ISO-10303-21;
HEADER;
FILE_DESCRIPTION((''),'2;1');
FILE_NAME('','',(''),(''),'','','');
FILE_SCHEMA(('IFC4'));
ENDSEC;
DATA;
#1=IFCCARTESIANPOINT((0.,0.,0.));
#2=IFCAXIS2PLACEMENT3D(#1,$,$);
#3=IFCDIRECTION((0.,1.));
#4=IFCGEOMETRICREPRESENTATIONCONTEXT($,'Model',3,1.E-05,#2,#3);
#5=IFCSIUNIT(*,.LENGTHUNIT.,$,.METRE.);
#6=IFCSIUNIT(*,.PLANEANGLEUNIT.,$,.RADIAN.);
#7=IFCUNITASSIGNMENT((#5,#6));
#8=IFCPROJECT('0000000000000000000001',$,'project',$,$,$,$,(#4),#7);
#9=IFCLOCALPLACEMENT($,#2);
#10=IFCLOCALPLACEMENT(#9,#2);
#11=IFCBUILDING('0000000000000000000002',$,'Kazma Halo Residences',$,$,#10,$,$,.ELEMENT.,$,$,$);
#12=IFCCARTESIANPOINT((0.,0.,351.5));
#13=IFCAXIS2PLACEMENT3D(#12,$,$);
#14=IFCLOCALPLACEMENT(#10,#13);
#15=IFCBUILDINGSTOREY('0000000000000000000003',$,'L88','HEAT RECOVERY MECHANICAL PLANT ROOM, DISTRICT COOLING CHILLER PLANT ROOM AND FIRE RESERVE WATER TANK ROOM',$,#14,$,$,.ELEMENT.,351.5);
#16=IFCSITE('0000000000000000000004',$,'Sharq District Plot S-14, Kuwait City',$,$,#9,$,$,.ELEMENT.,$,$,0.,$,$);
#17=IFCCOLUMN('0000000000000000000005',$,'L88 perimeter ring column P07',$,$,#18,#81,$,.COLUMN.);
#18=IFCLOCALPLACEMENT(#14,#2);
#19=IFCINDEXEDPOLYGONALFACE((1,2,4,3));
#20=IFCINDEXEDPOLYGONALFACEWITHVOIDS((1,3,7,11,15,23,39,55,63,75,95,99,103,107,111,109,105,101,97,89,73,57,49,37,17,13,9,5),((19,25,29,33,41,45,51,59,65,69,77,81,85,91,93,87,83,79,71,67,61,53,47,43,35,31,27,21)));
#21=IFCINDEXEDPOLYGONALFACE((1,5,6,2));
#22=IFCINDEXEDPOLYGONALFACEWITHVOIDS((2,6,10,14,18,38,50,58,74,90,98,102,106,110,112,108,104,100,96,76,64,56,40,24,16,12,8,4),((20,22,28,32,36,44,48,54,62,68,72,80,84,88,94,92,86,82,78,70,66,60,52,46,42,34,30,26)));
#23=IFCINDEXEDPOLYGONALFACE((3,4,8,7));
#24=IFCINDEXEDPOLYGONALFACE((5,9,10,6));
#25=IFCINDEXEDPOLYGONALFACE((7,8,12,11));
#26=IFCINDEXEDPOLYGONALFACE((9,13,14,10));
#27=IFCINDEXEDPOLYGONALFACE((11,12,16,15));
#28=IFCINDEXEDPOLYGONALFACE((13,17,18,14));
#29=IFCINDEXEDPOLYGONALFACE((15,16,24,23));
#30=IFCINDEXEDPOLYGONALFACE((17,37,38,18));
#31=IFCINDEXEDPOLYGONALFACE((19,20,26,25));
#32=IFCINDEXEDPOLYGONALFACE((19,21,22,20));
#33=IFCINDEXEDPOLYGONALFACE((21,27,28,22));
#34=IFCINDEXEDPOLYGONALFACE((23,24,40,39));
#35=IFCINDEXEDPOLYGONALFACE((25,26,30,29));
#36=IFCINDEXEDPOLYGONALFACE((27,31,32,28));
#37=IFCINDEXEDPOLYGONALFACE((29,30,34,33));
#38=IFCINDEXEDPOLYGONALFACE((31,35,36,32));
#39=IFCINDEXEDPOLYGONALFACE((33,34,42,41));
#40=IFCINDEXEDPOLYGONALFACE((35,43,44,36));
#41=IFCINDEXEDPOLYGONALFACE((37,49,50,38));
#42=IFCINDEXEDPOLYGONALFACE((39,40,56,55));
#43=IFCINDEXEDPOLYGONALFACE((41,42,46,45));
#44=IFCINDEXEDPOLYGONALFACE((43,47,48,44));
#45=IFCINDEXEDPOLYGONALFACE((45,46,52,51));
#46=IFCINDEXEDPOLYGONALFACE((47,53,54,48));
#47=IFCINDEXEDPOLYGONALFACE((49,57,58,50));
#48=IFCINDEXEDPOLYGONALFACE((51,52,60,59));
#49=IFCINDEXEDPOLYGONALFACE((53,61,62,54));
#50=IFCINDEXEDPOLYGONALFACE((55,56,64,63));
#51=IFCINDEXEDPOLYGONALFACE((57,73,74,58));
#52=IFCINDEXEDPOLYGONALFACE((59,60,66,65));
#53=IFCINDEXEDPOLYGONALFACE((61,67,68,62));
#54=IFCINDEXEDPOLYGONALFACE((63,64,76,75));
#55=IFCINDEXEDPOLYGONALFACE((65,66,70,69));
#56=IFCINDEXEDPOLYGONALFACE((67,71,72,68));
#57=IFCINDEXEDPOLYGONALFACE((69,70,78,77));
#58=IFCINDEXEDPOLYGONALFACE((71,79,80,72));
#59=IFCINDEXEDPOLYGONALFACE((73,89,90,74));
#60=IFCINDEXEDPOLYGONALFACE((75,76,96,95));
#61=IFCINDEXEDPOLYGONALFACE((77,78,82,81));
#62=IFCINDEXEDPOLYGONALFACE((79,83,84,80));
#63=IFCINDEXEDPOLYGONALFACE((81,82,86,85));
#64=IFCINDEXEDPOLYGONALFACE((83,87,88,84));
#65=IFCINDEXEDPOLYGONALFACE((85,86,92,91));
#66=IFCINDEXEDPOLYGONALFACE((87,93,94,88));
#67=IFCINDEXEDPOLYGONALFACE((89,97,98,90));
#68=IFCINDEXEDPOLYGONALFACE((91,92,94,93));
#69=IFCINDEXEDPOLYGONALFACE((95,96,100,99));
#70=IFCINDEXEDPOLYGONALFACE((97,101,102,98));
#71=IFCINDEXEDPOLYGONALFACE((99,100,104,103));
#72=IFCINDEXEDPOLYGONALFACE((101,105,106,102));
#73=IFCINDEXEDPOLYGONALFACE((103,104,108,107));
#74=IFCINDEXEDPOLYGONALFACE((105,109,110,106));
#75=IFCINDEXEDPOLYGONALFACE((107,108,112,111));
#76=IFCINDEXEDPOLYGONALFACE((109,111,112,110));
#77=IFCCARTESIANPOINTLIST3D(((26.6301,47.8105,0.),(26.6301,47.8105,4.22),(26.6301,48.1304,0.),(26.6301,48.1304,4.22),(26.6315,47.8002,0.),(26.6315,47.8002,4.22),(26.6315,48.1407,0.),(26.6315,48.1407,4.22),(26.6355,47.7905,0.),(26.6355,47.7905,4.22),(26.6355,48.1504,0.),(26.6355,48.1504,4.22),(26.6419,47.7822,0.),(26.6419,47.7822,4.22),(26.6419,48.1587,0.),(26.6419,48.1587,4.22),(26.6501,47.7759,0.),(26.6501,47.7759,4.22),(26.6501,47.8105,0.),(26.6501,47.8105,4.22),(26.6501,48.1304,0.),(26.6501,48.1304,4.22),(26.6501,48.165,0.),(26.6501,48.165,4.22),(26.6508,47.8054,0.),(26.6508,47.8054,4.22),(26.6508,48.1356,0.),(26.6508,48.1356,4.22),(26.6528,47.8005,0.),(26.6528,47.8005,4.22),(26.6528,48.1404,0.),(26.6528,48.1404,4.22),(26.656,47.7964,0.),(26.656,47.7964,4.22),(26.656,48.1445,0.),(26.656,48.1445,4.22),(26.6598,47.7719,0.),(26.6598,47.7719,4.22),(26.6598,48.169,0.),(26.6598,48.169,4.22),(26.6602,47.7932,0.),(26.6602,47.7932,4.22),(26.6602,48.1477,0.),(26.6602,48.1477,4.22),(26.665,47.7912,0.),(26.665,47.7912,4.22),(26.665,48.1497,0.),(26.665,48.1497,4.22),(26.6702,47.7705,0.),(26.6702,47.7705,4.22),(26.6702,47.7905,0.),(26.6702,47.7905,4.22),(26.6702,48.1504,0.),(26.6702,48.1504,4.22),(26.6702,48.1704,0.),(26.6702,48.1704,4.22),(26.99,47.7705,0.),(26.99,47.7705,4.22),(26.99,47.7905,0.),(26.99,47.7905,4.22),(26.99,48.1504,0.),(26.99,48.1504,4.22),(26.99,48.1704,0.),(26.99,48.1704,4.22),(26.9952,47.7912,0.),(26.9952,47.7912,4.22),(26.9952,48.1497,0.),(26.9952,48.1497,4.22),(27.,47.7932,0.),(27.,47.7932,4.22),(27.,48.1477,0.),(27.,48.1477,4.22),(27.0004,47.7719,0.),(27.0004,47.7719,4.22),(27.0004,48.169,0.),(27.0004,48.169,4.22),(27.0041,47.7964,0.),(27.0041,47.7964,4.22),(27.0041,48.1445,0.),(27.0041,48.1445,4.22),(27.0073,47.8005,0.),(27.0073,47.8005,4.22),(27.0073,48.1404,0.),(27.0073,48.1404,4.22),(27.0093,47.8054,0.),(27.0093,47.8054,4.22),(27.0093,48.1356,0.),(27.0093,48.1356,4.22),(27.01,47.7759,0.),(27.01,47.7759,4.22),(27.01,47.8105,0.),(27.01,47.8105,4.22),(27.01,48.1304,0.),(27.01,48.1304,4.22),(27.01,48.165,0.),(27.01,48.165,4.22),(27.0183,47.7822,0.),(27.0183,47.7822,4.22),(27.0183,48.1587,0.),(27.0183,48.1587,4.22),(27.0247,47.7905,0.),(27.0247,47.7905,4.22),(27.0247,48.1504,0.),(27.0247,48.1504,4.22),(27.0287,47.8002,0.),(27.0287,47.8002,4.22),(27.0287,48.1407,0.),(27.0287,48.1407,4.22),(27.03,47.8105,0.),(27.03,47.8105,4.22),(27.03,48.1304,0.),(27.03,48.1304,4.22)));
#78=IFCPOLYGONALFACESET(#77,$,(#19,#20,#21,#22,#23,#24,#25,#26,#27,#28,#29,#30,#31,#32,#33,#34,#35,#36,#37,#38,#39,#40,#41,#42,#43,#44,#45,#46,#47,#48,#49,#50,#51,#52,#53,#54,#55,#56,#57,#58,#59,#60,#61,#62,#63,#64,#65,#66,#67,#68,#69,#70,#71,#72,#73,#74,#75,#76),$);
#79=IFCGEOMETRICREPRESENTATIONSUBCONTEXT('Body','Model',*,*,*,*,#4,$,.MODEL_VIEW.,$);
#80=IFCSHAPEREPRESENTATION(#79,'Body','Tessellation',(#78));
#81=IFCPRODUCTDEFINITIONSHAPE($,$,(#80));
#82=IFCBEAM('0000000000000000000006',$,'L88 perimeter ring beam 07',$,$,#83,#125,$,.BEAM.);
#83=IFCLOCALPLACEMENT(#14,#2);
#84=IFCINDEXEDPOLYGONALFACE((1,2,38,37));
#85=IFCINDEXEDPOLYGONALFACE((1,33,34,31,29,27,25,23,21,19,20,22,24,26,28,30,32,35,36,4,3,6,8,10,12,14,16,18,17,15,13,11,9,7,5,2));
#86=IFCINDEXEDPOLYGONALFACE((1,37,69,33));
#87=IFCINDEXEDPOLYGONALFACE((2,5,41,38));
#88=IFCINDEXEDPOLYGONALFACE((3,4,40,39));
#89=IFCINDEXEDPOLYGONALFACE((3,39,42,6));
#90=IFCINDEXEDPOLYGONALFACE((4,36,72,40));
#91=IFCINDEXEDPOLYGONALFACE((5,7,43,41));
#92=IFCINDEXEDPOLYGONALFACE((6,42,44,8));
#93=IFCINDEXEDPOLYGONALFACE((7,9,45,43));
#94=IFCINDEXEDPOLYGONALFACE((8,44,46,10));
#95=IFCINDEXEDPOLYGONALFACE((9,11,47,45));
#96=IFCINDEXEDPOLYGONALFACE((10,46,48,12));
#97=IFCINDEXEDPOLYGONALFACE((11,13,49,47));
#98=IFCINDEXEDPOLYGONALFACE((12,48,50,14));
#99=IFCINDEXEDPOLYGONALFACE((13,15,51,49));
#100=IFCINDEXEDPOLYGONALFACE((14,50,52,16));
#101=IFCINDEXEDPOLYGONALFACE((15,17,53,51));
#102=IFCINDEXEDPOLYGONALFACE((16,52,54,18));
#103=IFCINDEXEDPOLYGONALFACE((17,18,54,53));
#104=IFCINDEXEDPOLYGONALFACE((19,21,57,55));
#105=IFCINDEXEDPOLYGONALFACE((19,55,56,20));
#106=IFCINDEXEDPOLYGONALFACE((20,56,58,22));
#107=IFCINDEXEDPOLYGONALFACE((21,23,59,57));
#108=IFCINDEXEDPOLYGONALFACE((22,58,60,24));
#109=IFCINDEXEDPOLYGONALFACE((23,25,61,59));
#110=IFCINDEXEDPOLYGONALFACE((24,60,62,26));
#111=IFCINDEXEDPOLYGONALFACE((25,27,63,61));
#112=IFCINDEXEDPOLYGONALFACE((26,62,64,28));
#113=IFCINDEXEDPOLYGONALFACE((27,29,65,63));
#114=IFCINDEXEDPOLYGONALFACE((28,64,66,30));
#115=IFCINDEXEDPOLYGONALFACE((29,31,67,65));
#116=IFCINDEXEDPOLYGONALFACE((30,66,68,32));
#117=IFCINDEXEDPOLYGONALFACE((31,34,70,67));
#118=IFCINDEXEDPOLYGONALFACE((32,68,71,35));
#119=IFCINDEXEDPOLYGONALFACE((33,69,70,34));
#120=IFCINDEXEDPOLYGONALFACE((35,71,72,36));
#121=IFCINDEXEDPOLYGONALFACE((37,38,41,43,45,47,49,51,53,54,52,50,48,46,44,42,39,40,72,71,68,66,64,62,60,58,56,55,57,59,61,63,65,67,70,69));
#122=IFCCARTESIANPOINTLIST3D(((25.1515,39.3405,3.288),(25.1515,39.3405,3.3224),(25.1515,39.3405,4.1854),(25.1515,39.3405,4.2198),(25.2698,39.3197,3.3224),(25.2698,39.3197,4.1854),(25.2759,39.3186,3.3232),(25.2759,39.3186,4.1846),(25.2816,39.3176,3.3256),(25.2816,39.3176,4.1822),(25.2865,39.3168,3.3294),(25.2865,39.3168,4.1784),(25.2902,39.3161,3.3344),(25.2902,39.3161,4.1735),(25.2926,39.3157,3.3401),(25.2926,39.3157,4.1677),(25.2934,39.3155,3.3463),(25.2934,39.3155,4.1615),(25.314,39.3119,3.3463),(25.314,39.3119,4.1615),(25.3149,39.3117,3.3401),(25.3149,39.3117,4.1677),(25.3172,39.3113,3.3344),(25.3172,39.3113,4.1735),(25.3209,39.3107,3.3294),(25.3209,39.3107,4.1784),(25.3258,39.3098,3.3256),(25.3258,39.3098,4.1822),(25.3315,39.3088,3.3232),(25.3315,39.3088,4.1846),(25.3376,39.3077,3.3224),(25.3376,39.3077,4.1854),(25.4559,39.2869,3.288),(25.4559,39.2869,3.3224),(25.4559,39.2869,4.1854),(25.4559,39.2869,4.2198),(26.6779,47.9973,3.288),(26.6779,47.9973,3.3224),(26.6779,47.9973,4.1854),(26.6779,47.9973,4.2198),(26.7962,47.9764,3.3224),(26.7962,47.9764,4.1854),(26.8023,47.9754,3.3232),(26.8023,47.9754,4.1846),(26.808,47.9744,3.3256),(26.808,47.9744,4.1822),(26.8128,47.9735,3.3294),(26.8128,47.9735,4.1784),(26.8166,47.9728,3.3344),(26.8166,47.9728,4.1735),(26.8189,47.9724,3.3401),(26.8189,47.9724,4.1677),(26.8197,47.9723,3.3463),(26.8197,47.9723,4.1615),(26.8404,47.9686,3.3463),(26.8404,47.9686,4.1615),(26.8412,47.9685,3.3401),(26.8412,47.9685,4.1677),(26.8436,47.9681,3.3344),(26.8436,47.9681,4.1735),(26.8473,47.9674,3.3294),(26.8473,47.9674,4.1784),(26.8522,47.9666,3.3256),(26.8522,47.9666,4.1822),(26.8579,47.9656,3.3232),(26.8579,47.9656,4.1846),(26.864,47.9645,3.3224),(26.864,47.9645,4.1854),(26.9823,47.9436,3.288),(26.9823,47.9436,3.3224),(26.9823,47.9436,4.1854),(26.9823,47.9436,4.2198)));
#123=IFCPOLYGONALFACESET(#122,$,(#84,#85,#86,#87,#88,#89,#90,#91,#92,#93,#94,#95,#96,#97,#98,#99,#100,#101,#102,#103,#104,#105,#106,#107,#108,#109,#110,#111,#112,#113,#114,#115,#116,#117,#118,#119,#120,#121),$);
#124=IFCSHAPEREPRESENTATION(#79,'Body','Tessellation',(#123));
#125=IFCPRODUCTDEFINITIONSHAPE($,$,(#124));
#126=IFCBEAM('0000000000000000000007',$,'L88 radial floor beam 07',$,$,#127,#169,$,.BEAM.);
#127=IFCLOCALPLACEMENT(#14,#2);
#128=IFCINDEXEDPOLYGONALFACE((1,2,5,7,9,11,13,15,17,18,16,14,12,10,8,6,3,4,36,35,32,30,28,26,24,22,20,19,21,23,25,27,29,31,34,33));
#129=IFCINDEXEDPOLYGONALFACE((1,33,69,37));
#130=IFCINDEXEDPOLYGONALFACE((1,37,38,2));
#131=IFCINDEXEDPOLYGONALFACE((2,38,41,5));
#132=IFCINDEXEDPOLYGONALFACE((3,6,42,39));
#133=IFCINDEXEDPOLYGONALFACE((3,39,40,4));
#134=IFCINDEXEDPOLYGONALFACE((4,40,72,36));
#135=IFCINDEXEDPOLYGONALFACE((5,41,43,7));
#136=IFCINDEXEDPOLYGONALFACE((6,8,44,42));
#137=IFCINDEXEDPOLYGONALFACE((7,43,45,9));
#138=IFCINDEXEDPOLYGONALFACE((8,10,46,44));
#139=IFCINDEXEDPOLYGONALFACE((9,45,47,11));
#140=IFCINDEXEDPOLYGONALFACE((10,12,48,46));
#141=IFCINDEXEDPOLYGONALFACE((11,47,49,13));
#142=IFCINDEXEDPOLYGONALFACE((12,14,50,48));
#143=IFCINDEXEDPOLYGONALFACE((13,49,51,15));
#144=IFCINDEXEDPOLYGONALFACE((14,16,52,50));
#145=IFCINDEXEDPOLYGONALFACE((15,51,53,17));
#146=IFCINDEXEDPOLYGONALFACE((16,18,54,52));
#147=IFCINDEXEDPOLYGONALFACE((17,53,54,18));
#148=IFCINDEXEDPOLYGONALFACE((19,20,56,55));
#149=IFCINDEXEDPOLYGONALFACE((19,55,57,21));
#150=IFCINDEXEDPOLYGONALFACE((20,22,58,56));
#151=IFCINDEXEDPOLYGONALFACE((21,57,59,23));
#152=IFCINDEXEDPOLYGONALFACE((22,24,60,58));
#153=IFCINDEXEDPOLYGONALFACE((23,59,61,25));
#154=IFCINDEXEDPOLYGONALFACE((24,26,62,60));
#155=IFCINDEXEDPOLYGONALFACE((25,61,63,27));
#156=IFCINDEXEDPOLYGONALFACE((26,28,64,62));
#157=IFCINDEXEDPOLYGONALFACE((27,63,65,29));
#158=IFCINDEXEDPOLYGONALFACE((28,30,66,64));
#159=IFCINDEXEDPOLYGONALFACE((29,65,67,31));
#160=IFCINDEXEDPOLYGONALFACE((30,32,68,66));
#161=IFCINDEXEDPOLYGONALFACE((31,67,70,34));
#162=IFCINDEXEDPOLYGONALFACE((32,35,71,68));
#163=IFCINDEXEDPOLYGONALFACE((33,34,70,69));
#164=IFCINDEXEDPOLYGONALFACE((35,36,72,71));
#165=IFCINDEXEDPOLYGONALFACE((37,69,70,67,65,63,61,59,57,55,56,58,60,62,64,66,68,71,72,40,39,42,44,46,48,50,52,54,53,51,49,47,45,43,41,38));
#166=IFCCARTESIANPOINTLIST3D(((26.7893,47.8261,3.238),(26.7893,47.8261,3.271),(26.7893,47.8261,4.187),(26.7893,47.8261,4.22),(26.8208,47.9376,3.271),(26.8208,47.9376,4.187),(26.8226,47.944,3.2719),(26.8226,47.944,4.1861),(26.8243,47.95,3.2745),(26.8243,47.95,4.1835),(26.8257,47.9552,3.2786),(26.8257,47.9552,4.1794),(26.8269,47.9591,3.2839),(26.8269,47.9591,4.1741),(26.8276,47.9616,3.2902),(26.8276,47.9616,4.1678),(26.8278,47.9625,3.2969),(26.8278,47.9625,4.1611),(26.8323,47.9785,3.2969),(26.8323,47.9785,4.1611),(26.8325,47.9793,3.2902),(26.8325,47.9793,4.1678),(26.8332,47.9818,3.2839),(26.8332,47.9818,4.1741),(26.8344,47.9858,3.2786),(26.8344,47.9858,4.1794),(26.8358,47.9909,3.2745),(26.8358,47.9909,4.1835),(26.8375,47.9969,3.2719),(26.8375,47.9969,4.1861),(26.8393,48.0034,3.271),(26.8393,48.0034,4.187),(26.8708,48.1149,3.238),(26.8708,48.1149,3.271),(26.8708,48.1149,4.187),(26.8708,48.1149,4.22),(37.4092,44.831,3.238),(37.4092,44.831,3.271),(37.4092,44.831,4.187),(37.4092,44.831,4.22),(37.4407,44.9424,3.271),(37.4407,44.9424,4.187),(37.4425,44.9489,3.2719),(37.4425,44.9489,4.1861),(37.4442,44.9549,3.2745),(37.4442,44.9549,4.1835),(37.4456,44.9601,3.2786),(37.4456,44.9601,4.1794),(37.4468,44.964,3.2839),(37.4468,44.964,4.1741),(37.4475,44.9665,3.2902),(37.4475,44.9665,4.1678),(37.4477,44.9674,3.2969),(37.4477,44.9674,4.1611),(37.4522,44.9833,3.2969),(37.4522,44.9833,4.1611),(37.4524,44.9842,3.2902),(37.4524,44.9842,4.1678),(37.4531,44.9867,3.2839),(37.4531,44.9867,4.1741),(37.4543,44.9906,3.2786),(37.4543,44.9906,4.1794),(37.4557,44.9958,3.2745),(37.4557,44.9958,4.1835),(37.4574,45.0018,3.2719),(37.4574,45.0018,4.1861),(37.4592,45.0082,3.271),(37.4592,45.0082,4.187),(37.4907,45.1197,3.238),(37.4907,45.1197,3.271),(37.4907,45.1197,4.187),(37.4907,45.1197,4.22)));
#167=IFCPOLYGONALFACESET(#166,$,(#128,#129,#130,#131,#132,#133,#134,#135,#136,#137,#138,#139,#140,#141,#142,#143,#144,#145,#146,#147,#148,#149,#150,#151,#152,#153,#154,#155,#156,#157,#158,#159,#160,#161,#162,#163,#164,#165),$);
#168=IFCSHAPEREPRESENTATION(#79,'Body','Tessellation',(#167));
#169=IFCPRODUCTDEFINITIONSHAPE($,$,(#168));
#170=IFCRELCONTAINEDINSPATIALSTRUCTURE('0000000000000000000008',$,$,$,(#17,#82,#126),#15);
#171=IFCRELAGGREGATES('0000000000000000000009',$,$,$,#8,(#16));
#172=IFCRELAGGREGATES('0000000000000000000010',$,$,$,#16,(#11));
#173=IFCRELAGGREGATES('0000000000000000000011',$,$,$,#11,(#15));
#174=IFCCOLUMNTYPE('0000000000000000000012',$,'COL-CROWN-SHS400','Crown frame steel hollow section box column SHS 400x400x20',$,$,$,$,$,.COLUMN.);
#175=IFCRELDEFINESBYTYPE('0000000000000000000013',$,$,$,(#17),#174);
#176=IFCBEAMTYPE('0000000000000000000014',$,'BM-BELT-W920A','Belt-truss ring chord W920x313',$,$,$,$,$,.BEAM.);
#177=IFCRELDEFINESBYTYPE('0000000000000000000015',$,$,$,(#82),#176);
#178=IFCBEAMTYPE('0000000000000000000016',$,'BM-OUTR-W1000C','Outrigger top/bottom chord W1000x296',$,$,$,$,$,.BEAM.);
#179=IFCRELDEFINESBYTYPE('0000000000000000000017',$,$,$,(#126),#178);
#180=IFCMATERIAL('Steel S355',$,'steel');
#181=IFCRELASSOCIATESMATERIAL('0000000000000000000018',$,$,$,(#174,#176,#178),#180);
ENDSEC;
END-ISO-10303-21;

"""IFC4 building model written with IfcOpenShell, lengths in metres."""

from ifc_helpers import new_model, si_unit, direction, frame, origin, origin_2d, place, context, subcontext, project, spatial, hollow_rectangle, i_section, extrude, material, material_profile, profile_set, type_object, element, save


model = new_model("IFC4")

# Units and contexts
model_context = context("Model", 3, precision=1e-05, world=origin(), true_north=direction((0.0, 1.0)))
body_context = subcontext(model_context, "Body", "Model", "MODEL_VIEW")
ifc_project = project(units=[si_unit("LENGTHUNIT", "METRE"), si_unit("PLANEANGLEUNIT", "RADIAN")], contexts=[model_context])

# Site, building, storey
site_placement = place(None, origin())
site = spatial("IfcSite", under=ifc_project, at=site_placement, Name="Sharq District Plot S-14, Kuwait City", CompositionType="ELEMENT", RefElevation=0.0)
building_placement = place(site_placement, origin())
building = spatial("IfcBuilding", under=site, at=building_placement, Name="Kazma Halo Residences", CompositionType="ELEMENT")
storey_placement = place(building_placement, frame((0.0, 0.0, 351.5)))
storey = spatial("IfcBuildingStorey", under=building, at=storey_placement, Name="L88", Description="HEAT RECOVERY MECHANICAL PLANT ROOM, DISTRICT COOLING CHILLER PLANT ROOM AND FIRE RESERVE WATER TANK ROOM", CompositionType="ELEMENT", Elevation=351.5)

# Column
ifc_material_1 = material(Name="Steel S355", Category="steel")
ifc_material_profile_1 = material_profile(ifc_material_1, hollow_rectangle(XDim=0.3999, YDim=0.3999, WallThickness=0.02, InnerFilletRadius=0.02, OuterFilletRadius=0.04, at=origin_2d()), Name="SHS400x400x20")
ifc_profile_set_1 = profile_set([ifc_material_profile_1], Name="Steel S355")
column_type = type_object("IfcColumnType", Name="COL-CROWN-SHS400", Description="Crown frame steel hollow section box column SHS 400x400x20", PredefinedType="COLUMN", material=ifc_profile_set_1)
column_placement = place(storey_placement, frame((26.8301, 47.9705, 0.0), z_axis=(0.0, 0.0, 1.0), x_axis=(1.0, 0.0, 0.0)))
element("IfcColumn", 1, at=column_placement, inside=storey, type_object=column_type, Name="L88 perimeter ring column P07", PredefinedType="COLUMN", context=body_context, shape_type="SweptSolid", body=[
    extrude(hollow_rectangle(XDim=0.3999, YDim=0.3999, WallThickness=0.02, InnerFilletRadius=0.02, OuterFilletRadius=0.04, at=origin_2d()), origin(), (0.0, 0.0, 1.0), 4.22),
])

# Beams
ifc_material_profile_2 = material_profile(ifc_material_1, i_section(OverallWidth=0.3091, OverallDepth=0.9319, WebThickness=0.021, FlangeThickness=0.0344, FilletRadius=0.0239, at=origin_2d()), Name="W920x313")
ifc_profile_set_2 = profile_set([ifc_material_profile_2], Name="Steel S355")
beam_type_1 = type_object("IfcBeamType", Name="BM-BELT-W920A", Description="Belt-truss ring chord W920x313", PredefinedType="BEAM", material=ifc_profile_set_2)
beam_1_placement = place(storey_placement, frame((26.8301, 47.9705, 3.7539), z_axis=(-0.173643, -0.984809, 0.0), x_axis=(0.984809, -0.173643, 0.0)))
element("IfcBeam", 2, at=beam_1_placement, inside=storey, type_object=beam_type_1, Name="L88 perimeter ring beam 07", PredefinedType="BEAM", context=body_context, shape_type="SweptSolid", body=[
    extrude(i_section(OverallWidth=0.3091, OverallDepth=0.9319, WebThickness=0.021, FlangeThickness=0.0344, FilletRadius=0.0239, at=origin_2d()), origin(), (0.0, 0.0, 1.0), 8.7903),
])
ifc_material_profile_3 = material_profile(ifc_material_1, i_section(OverallWidth=0.3, OverallDepth=0.9819, WebThickness=0.0166, FlangeThickness=0.033, FilletRadius=0.0259, at=origin_2d()), Name="W1000x296")
ifc_profile_set_3 = profile_set([ifc_material_profile_3], Name="Steel S355")
beam_type_2 = type_object("IfcBeamType", Name="BM-OUTR-W1000C", Description="Outrigger top/bottom chord W1000x296", PredefinedType="BEAM", material=ifc_profile_set_3)
beam_2_placement = place(storey_placement, frame((37.45, 44.9753, 3.729), z_axis=(-0.962455, 0.271441, 0.0), x_axis=(-0.271441, -0.962455, 0.0)))
element("IfcBeam", 3, at=beam_2_placement, inside=storey, type_object=beam_type_2, Name="L88 radial floor beam 07", PredefinedType="BEAM", context=body_context, shape_type="SweptSolid", body=[
    extrude(i_section(OverallWidth=0.3, OverallDepth=0.9819, WebThickness=0.0166, FlangeThickness=0.033, FilletRadius=0.0259, at=origin_2d()), origin(), (0.0, 0.0, 1.0), 11.0342),
])

save(model, "model.ifc")
